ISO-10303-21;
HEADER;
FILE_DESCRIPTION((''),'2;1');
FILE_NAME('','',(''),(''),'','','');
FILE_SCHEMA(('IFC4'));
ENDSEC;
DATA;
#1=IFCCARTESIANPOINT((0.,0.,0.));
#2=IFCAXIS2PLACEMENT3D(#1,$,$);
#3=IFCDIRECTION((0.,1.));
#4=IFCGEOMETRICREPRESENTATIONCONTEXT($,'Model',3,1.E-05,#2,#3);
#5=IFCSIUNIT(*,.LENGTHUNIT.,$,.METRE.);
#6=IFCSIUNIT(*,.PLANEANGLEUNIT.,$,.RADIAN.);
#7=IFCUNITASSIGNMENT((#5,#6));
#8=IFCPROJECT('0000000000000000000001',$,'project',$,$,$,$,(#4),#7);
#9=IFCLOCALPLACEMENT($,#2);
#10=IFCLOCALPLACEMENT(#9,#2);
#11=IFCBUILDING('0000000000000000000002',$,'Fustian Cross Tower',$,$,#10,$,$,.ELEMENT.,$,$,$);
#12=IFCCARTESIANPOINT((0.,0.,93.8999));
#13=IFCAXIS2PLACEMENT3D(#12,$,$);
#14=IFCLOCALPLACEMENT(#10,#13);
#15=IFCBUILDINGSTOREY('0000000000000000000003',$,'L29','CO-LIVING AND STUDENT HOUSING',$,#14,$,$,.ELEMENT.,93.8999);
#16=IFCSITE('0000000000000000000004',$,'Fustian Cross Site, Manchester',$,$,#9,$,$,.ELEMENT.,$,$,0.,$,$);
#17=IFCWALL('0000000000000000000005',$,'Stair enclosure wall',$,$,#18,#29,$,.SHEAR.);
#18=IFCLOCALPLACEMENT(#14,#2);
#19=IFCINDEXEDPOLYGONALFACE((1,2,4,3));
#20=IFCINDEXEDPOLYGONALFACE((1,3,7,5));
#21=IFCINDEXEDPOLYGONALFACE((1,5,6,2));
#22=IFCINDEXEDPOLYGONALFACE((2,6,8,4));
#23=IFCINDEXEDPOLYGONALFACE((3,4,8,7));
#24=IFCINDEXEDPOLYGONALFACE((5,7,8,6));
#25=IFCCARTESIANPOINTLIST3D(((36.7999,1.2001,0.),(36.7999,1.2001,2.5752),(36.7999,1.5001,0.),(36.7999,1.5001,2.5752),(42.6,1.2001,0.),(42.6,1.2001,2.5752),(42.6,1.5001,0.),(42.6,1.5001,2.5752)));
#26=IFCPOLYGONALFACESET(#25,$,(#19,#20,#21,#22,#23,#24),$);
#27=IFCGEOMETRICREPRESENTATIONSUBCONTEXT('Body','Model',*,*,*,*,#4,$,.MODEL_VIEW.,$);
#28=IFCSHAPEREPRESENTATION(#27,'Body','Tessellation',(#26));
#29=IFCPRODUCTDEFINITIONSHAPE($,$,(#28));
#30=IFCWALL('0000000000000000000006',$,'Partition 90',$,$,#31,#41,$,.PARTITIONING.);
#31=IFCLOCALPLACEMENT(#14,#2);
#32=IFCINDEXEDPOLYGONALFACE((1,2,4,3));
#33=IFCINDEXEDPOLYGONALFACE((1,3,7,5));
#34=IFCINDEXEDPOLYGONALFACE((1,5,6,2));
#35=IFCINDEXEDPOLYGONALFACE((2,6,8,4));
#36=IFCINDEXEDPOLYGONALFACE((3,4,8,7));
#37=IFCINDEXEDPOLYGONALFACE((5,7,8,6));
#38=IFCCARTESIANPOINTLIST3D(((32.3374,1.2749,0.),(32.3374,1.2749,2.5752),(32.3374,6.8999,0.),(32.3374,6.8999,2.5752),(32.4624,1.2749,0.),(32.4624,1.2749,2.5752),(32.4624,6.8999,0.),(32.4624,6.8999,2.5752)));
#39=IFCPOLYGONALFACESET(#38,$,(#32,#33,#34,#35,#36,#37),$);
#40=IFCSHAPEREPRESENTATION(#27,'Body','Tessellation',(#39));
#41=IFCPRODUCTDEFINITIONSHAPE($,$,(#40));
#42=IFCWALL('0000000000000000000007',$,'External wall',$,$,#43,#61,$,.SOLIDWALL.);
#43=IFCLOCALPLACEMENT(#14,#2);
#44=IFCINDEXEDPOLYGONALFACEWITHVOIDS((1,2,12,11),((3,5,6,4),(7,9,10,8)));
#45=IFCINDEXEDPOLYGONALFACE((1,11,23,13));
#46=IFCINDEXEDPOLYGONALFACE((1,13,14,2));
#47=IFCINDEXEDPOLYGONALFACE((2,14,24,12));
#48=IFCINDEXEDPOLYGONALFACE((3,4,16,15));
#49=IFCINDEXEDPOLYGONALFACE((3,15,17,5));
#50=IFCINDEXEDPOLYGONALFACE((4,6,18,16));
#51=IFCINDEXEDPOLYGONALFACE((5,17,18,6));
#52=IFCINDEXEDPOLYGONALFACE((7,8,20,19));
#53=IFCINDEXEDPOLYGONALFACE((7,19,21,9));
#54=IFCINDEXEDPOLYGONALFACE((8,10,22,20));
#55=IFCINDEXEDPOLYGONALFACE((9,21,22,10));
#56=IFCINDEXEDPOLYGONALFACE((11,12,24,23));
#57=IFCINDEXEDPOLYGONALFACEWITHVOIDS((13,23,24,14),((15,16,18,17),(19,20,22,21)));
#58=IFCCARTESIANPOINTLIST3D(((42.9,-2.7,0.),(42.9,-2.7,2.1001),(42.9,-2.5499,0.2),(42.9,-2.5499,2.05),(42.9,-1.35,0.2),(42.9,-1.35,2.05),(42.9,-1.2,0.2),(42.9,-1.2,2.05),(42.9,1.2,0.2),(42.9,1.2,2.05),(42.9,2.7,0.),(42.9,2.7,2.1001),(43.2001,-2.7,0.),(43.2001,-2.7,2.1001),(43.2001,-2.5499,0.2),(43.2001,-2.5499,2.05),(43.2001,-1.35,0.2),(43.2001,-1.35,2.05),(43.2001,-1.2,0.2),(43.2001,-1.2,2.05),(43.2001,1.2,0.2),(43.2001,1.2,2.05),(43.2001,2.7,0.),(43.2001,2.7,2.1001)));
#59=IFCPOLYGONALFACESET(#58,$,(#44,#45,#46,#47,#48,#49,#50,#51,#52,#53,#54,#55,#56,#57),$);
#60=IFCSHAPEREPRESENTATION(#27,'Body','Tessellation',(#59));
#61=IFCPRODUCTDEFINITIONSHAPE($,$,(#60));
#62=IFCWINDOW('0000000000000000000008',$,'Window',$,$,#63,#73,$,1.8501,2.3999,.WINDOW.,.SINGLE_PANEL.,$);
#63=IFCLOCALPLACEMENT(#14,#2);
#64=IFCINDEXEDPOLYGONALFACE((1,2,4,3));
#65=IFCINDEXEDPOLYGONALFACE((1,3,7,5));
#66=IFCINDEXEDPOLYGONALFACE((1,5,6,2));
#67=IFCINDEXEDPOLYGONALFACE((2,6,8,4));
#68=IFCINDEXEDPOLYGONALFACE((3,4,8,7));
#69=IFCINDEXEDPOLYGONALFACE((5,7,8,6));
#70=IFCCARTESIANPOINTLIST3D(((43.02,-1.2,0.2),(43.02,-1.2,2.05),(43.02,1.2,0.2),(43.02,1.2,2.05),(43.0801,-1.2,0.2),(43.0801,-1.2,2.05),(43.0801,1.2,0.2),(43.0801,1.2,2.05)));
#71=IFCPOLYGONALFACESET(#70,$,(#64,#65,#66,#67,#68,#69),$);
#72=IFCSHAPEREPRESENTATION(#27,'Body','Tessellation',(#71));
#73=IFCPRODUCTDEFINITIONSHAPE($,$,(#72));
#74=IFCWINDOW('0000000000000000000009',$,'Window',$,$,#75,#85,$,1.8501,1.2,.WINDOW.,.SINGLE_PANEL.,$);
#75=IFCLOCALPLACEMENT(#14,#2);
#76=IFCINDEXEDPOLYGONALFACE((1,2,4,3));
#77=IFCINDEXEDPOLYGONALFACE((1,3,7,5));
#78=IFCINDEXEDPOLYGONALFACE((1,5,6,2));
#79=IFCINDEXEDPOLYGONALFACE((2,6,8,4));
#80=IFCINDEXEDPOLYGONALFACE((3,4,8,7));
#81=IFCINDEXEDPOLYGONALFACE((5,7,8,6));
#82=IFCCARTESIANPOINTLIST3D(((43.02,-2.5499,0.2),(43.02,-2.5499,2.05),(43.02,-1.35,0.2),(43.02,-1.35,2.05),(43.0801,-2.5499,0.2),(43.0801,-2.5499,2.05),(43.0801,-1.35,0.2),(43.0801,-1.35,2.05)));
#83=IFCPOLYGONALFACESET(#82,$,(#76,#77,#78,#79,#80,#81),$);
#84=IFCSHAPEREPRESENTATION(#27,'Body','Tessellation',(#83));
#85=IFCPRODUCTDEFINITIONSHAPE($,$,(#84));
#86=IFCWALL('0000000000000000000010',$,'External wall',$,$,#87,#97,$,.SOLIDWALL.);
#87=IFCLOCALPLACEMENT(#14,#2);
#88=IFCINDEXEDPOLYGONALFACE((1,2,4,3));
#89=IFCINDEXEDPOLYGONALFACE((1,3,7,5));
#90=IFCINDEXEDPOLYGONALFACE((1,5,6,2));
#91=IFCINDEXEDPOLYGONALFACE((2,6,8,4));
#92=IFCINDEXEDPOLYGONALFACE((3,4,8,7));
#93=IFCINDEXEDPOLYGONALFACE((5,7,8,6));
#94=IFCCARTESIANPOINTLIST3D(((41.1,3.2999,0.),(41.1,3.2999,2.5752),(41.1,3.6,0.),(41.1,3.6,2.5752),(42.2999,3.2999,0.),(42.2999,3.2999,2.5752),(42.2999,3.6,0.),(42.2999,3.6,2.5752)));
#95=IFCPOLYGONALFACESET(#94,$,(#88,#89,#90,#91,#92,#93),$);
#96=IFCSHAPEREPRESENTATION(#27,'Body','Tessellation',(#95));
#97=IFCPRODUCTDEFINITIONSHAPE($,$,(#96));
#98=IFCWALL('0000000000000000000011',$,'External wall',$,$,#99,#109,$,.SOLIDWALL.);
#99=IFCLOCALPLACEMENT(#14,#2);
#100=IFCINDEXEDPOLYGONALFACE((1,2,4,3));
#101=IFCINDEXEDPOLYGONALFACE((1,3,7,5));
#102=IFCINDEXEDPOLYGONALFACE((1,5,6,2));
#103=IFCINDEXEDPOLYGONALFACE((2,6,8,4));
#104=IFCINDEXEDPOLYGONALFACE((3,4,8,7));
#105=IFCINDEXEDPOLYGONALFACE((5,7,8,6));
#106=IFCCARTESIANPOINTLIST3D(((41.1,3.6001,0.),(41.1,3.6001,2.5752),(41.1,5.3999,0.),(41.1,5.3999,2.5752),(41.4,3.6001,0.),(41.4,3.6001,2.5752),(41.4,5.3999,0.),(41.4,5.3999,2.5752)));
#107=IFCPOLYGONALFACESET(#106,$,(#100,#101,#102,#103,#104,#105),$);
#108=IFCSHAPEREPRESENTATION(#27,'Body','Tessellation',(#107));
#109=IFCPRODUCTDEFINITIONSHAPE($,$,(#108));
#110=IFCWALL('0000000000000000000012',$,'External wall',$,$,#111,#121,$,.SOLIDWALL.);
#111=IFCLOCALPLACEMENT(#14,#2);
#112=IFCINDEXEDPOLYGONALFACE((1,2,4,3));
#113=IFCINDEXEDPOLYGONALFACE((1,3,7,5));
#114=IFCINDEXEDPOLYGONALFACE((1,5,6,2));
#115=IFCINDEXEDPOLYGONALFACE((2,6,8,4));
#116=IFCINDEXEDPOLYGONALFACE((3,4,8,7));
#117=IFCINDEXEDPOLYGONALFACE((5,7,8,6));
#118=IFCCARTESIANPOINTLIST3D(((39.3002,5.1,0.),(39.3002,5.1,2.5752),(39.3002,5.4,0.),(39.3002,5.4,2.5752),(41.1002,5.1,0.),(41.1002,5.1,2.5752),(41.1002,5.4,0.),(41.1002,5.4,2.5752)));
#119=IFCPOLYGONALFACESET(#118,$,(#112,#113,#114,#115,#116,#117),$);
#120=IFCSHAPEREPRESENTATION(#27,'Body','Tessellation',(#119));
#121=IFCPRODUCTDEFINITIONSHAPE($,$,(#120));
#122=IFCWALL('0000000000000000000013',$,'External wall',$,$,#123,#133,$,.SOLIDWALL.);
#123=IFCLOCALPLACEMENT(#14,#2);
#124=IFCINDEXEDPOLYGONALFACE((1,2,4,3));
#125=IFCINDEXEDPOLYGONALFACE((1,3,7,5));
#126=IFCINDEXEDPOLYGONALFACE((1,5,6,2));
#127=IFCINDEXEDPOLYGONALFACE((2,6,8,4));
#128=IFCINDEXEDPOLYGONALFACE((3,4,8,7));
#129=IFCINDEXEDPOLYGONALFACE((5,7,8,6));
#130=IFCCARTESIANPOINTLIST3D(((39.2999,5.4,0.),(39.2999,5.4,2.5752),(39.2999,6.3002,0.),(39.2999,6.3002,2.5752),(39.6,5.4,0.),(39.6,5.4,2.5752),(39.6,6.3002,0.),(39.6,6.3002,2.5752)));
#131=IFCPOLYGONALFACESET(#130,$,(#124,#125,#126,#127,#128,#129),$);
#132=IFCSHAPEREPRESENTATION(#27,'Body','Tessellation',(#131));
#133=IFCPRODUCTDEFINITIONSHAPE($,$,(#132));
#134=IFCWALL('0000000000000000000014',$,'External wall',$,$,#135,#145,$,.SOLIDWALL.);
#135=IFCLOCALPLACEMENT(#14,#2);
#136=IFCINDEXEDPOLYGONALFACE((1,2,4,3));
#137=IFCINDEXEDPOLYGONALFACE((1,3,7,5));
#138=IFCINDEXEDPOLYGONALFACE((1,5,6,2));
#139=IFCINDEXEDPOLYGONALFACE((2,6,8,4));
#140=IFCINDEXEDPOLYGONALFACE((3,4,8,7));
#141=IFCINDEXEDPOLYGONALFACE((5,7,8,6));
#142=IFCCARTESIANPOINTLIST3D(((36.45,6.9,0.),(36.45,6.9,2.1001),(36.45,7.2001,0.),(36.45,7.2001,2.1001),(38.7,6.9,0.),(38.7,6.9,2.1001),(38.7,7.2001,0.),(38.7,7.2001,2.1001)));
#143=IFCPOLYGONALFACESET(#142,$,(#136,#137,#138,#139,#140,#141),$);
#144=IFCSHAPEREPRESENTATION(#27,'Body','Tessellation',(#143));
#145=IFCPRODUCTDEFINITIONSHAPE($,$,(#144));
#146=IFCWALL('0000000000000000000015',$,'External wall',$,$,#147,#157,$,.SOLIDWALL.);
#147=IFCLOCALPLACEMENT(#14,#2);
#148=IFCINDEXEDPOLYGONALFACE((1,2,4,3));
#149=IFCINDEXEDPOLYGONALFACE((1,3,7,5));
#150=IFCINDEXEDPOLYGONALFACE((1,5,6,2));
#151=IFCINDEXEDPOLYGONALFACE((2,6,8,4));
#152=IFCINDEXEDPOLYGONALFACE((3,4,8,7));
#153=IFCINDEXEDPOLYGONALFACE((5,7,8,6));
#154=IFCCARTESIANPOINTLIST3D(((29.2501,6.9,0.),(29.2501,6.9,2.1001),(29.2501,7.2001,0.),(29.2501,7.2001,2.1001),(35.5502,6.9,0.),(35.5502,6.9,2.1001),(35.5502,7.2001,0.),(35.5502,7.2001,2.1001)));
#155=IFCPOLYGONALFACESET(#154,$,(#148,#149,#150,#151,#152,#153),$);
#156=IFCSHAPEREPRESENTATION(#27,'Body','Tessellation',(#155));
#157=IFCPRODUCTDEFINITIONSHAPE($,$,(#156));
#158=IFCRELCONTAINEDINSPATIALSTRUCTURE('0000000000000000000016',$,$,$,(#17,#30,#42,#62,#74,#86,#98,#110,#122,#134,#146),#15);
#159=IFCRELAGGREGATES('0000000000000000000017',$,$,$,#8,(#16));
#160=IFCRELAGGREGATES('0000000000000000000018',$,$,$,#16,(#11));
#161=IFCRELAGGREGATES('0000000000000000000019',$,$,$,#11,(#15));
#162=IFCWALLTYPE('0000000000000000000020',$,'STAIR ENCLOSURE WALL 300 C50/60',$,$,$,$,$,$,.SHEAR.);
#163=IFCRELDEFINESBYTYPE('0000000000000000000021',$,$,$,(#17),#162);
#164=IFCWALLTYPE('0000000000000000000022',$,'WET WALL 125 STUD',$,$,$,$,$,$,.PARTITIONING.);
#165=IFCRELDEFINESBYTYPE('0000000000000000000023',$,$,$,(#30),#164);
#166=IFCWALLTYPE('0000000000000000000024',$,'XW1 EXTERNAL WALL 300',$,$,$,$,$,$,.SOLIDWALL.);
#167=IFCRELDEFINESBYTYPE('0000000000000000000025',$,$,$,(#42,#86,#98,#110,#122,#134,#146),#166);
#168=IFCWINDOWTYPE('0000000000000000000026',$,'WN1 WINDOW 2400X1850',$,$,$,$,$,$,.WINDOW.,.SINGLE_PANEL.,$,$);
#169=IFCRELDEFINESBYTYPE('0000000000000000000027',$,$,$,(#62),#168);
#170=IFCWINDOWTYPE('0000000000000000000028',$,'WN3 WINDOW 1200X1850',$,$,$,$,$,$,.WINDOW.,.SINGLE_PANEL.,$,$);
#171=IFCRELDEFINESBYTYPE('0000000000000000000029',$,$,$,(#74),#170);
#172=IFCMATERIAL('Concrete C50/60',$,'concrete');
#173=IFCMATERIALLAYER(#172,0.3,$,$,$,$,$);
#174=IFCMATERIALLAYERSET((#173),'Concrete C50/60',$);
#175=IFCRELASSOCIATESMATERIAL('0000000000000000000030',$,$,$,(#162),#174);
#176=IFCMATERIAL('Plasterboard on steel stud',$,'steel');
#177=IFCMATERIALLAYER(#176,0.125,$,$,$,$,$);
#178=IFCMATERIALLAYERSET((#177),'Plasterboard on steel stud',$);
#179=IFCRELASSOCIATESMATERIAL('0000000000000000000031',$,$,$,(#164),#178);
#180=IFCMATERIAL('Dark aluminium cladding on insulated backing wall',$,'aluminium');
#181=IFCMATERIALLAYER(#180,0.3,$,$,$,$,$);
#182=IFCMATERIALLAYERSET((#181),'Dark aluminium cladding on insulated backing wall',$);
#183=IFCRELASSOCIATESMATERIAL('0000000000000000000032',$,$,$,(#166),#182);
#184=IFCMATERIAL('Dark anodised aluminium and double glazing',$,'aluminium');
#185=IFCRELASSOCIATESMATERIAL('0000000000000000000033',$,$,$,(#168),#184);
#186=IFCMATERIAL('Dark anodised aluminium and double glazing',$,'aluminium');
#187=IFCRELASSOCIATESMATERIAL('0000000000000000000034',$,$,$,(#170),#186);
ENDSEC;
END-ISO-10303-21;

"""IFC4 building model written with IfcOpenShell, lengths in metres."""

from ifc_helpers import new_model, si_unit, direction, frame, frame_2d, origin, place, context, subcontext, project, spatial, rectangle, extrude, material, layer, layer_set, type_object, element, fill, save


model = new_model("IFC4")

# Units and contexts
model_context = context("Model", 3, precision=1e-05, world=origin(), true_north=direction((0.0, 1.0)))
body_context = subcontext(model_context, "Body", "Model", "MODEL_VIEW")
ifc_project = project(units=[si_unit("LENGTHUNIT", "METRE"), si_unit("PLANEANGLEUNIT", "RADIAN")], contexts=[model_context])

# Site, building, storey
site_placement = place(None, origin())
site = spatial("IfcSite", under=ifc_project, at=site_placement, Name="Fustian Cross Site, Manchester", CompositionType="ELEMENT", RefElevation=0.0)
building_placement = place(site_placement, origin())
building = spatial("IfcBuilding", under=site, at=building_placement, Name="Fustian Cross Tower", CompositionType="ELEMENT")
storey_placement = place(building_placement, frame((0.0, 0.0, 93.8999)))
storey = spatial("IfcBuildingStorey", under=building, at=storey_placement, Name="L29", Description="CO-LIVING AND STUDENT HOUSING", CompositionType="ELEMENT", Elevation=93.8999)

# Shared definitions
ifc_material_1 = material(Name="Concrete C50/60", Category="concrete")
ifc_layer_1 = layer(ifc_material_1, 0.3)
ifc_layer_set_1 = layer_set([ifc_layer_1], Name="Concrete C50/60")
wall_type_1 = type_object("IfcWallType", Name="STAIR ENCLOSURE WALL 300 C50/60", PredefinedType="SHEAR", material=ifc_layer_set_1)

# Walls
for number, where, z_axis, x_axis, name in (
    (1, (36.8, 1.3501, 0.0), (0.0, 0.0, 1.0), (1.0, 0.0, 0.0), "Stair enclosure wall"),
):
    element("IfcWall", number, at=place(storey_placement, frame(where, z_axis=z_axis, x_axis=x_axis)), inside=storey, type_object=wall_type_1, Name=name, PredefinedType="SHEAR", context=body_context, shape_type="SweptSolid", body=[
        extrude(rectangle(XDim=5.8, YDim=0.3, at=frame_2d((2.8999, 0.0))), origin(), (0.0, 0.0, 1.0), 2.5752),
    ])
ifc_material_2 = material(Name="Plasterboard on steel stud", Category="steel")
ifc_layer_2 = layer(ifc_material_2, 0.125)
ifc_layer_set_2 = layer_set([ifc_layer_2], Name="Plasterboard on steel stud")
wall_type_2 = type_object("IfcWallType", Name="WET WALL 125 STUD", PredefinedType="PARTITIONING", material=ifc_layer_set_2)
wall_1_placement = place(storey_placement, frame((32.3999, 1.2749, 0.0), z_axis=(0.0, 0.0, 1.0), x_axis=(0.0, 1.0, 0.0)))
element("IfcWall", 2, at=wall_1_placement, inside=storey, type_object=wall_type_2, Name="Partition 90", PredefinedType="PARTITIONING", context=body_context, shape_type="SweptSolid", body=[
    extrude(rectangle(XDim=5.625, YDim=0.125, at=frame_2d((2.8125, 0.0))), origin(), (0.0, 0.0, 1.0), 2.5752),
])

# Wall, openings, windows
ifc_material_3 = material(Name="Dark aluminium cladding on insulated backing wall", Category="aluminium")
ifc_layer_3 = layer(ifc_material_3, 0.3)
ifc_layer_set_3 = layer_set([ifc_layer_3], Name="Dark aluminium cladding on insulated backing wall")
wall_type_3 = type_object("IfcWallType", Name="XW1 EXTERNAL WALL 300", PredefinedType="SOLIDWALL", material=ifc_layer_set_3)
wall_2_placement = place(storey_placement, frame((43.05, -2.7, 0.0), z_axis=(0.0, 0.0, 1.0), x_axis=(0.0, 1.0, 0.0)))
wall_2 = element("IfcWall", 3, at=wall_2_placement, inside=storey, type_object=wall_type_3, Name="External wall", PredefinedType="SOLIDWALL", context=body_context, shape_type="SweptSolid", body=[
    extrude(rectangle(XDim=5.3999, YDim=0.3, at=frame_2d((2.7, 0.0))), origin(), (0.0, 0.0, 1.0), 2.1001),
])
opening_1_placement = place(wall_2_placement, frame((1.5, 0.0, 0.2)))
opening_1 = element("IfcOpeningElement", 4, at=opening_1_placement, cuts=wall_2, PredefinedType="OPENING", context=body_context, shape_type="SweptSolid", body=[
    extrude(rectangle(XDim=2.3999, YDim=1.8501, at=frame_2d((1.2, 0.925))), frame((0.0, 0.1599, 0.0), z_axis=(0.0, -1.0, 0.0), x_axis=(1.0, 0.0, 0.0)), (0.0, 0.0, 1.0), 0.3201),
])
opening_2_placement = place(wall_2_placement, frame((0.1499, 0.0, 0.2)))
opening_2 = element("IfcOpeningElement", 5, at=opening_2_placement, cuts=wall_2, PredefinedType="OPENING", context=body_context, shape_type="SweptSolid", body=[
    extrude(rectangle(XDim=1.2, YDim=1.8501, at=frame_2d((0.6001, 0.925))), frame((0.0, 0.1599, 0.0), z_axis=(0.0, -1.0, 0.0), x_axis=(1.0, 0.0, 0.0)), (0.0, 0.0, 1.0), 0.3201),
])
ifc_material_4 = material(Name="Dark anodised aluminium and double glazing", Category="aluminium")
window_type_1 = type_object("IfcWindowType", Name="WN1 WINDOW 2400X1850", PartitioningType="SINGLE_PANEL", PredefinedType="WINDOW", material=ifc_material_4)
window_1_placement = place(opening_1_placement, origin())
window_1 = element("IfcWindow", 6, at=window_1_placement, inside=storey, type_object=window_type_1, Name="Window", OverallHeight=1.8501, OverallWidth=2.3999, PartitioningType="SINGLE_PANEL", PredefinedType="WINDOW", context=body_context, shape_type="SweptSolid", body=[
    extrude(rectangle(XDim=2.3999, YDim=1.8501, at=frame_2d((1.2, 0.925))), frame((0.0, 0.03, 0.0), z_axis=(0.0, -1.0, 0.0), x_axis=(1.0, 0.0, 0.0)), (0.0, 0.0, 1.0), 0.0601),
])
fill(opening_1, window_1)
ifc_material_5 = material(Name="Dark anodised aluminium and double glazing", Category="aluminium")
window_type_2 = type_object("IfcWindowType", Name="WN3 WINDOW 1200X1850", PartitioningType="SINGLE_PANEL", PredefinedType="WINDOW", material=ifc_material_5)
window_2_placement = place(opening_2_placement, origin())
window_2 = element("IfcWindow", 7, at=window_2_placement, inside=storey, type_object=window_type_2, Name="Window", OverallHeight=1.8501, OverallWidth=1.2, PartitioningType="SINGLE_PANEL", PredefinedType="WINDOW", context=body_context, shape_type="SweptSolid", body=[
    extrude(rectangle(XDim=1.2, YDim=1.8501, at=frame_2d((0.6001, 0.925))), frame((0.0, 0.03, 0.0), z_axis=(0.0, -1.0, 0.0), x_axis=(1.0, 0.0, 0.0)), (0.0, 0.0, 1.0), 0.0601),
])
fill(opening_2, window_2)

# Walls
wall_3_placement = place(storey_placement, frame((42.3, 3.45, 0.0), z_axis=(0.0, 0.0, 1.0), x_axis=(-1.0, 0.0, 0.0)))
element("IfcWall", 8, at=wall_3_placement, inside=storey, type_object=wall_type_3, Name="External wall", PredefinedType="SOLIDWALL", context=body_context, shape_type="SweptSolid", body=[
    extrude(rectangle(XDim=1.2, YDim=0.3, at=frame_2d((0.6001, 0.0))), origin(), (0.0, 0.0, 1.0), 2.5752),
])
wall_4_placement = place(storey_placement, frame((41.25, 3.6001, 0.0), z_axis=(0.0, 0.0, 1.0), x_axis=(0.0, 1.0, 0.0)))
element("IfcWall", 9, at=wall_4_placement, inside=storey, type_object=wall_type_3, Name="External wall", PredefinedType="SOLIDWALL", context=body_context, shape_type="SweptSolid", body=[
    extrude(rectangle(XDim=1.7998, YDim=0.3, at=frame_2d((0.8999, 0.0))), origin(), (0.0, 0.0, 1.0), 2.5752),
])
wall_5_placement = place(storey_placement, frame((41.1001, 5.25, 0.0), z_axis=(0.0, 0.0, 1.0), x_axis=(-1.0, 0.0, 0.0)))
element("IfcWall", 10, at=wall_5_placement, inside=storey, type_object=wall_type_3, Name="External wall", PredefinedType="SOLIDWALL", context=body_context, shape_type="SweptSolid", body=[
    extrude(rectangle(XDim=1.8, YDim=0.3, at=frame_2d((0.8999, 0.0))), origin(), (0.0, 0.0, 1.0), 2.5752),
])
wall_6_placement = place(storey_placement, frame((39.45, 5.3999, 0.0), z_axis=(0.0, 0.0, 1.0), x_axis=(0.0, 1.0, 0.0)))
element("IfcWall", 11, at=wall_6_placement, inside=storey, type_object=wall_type_3, Name="External wall", PredefinedType="SOLIDWALL", context=body_context, shape_type="SweptSolid", body=[
    extrude(rectangle(XDim=0.9001, YDim=0.3, at=frame_2d((0.4502, 0.0))), origin(), (0.0, 0.0, 1.0), 2.5752),
])
wall_7_placement = place(storey_placement, frame((38.7, 7.05, 0.0), z_axis=(0.0, 0.0, 1.0), x_axis=(-1.0, 0.0, 0.0)))
element("IfcWall", 12, at=wall_7_placement, inside=storey, type_object=wall_type_3, Name="External wall", PredefinedType="SOLIDWALL", context=body_context, shape_type="SweptSolid", body=[
    extrude(rectangle(XDim=2.25, YDim=0.3, at=frame_2d((1.125, 0.0))), origin(), (0.0, 0.0, 1.0), 2.1001),
])
wall_8_placement = place(storey_placement, frame((35.55, 7.05, 0.0), z_axis=(0.0, 0.0, 1.0), x_axis=(-1.0, 0.0, 0.0)))
element("IfcWall", 13, at=wall_8_placement, inside=storey, type_object=wall_type_3, Name="External wall", PredefinedType="SOLIDWALL", context=body_context, shape_type="SweptSolid", body=[
    extrude(rectangle(XDim=6.3, YDim=0.3, at=frame_2d((3.1499, 0.0))), origin(), (0.0, 0.0, 1.0), 2.1001),
])

save(model, "model.ifc")
